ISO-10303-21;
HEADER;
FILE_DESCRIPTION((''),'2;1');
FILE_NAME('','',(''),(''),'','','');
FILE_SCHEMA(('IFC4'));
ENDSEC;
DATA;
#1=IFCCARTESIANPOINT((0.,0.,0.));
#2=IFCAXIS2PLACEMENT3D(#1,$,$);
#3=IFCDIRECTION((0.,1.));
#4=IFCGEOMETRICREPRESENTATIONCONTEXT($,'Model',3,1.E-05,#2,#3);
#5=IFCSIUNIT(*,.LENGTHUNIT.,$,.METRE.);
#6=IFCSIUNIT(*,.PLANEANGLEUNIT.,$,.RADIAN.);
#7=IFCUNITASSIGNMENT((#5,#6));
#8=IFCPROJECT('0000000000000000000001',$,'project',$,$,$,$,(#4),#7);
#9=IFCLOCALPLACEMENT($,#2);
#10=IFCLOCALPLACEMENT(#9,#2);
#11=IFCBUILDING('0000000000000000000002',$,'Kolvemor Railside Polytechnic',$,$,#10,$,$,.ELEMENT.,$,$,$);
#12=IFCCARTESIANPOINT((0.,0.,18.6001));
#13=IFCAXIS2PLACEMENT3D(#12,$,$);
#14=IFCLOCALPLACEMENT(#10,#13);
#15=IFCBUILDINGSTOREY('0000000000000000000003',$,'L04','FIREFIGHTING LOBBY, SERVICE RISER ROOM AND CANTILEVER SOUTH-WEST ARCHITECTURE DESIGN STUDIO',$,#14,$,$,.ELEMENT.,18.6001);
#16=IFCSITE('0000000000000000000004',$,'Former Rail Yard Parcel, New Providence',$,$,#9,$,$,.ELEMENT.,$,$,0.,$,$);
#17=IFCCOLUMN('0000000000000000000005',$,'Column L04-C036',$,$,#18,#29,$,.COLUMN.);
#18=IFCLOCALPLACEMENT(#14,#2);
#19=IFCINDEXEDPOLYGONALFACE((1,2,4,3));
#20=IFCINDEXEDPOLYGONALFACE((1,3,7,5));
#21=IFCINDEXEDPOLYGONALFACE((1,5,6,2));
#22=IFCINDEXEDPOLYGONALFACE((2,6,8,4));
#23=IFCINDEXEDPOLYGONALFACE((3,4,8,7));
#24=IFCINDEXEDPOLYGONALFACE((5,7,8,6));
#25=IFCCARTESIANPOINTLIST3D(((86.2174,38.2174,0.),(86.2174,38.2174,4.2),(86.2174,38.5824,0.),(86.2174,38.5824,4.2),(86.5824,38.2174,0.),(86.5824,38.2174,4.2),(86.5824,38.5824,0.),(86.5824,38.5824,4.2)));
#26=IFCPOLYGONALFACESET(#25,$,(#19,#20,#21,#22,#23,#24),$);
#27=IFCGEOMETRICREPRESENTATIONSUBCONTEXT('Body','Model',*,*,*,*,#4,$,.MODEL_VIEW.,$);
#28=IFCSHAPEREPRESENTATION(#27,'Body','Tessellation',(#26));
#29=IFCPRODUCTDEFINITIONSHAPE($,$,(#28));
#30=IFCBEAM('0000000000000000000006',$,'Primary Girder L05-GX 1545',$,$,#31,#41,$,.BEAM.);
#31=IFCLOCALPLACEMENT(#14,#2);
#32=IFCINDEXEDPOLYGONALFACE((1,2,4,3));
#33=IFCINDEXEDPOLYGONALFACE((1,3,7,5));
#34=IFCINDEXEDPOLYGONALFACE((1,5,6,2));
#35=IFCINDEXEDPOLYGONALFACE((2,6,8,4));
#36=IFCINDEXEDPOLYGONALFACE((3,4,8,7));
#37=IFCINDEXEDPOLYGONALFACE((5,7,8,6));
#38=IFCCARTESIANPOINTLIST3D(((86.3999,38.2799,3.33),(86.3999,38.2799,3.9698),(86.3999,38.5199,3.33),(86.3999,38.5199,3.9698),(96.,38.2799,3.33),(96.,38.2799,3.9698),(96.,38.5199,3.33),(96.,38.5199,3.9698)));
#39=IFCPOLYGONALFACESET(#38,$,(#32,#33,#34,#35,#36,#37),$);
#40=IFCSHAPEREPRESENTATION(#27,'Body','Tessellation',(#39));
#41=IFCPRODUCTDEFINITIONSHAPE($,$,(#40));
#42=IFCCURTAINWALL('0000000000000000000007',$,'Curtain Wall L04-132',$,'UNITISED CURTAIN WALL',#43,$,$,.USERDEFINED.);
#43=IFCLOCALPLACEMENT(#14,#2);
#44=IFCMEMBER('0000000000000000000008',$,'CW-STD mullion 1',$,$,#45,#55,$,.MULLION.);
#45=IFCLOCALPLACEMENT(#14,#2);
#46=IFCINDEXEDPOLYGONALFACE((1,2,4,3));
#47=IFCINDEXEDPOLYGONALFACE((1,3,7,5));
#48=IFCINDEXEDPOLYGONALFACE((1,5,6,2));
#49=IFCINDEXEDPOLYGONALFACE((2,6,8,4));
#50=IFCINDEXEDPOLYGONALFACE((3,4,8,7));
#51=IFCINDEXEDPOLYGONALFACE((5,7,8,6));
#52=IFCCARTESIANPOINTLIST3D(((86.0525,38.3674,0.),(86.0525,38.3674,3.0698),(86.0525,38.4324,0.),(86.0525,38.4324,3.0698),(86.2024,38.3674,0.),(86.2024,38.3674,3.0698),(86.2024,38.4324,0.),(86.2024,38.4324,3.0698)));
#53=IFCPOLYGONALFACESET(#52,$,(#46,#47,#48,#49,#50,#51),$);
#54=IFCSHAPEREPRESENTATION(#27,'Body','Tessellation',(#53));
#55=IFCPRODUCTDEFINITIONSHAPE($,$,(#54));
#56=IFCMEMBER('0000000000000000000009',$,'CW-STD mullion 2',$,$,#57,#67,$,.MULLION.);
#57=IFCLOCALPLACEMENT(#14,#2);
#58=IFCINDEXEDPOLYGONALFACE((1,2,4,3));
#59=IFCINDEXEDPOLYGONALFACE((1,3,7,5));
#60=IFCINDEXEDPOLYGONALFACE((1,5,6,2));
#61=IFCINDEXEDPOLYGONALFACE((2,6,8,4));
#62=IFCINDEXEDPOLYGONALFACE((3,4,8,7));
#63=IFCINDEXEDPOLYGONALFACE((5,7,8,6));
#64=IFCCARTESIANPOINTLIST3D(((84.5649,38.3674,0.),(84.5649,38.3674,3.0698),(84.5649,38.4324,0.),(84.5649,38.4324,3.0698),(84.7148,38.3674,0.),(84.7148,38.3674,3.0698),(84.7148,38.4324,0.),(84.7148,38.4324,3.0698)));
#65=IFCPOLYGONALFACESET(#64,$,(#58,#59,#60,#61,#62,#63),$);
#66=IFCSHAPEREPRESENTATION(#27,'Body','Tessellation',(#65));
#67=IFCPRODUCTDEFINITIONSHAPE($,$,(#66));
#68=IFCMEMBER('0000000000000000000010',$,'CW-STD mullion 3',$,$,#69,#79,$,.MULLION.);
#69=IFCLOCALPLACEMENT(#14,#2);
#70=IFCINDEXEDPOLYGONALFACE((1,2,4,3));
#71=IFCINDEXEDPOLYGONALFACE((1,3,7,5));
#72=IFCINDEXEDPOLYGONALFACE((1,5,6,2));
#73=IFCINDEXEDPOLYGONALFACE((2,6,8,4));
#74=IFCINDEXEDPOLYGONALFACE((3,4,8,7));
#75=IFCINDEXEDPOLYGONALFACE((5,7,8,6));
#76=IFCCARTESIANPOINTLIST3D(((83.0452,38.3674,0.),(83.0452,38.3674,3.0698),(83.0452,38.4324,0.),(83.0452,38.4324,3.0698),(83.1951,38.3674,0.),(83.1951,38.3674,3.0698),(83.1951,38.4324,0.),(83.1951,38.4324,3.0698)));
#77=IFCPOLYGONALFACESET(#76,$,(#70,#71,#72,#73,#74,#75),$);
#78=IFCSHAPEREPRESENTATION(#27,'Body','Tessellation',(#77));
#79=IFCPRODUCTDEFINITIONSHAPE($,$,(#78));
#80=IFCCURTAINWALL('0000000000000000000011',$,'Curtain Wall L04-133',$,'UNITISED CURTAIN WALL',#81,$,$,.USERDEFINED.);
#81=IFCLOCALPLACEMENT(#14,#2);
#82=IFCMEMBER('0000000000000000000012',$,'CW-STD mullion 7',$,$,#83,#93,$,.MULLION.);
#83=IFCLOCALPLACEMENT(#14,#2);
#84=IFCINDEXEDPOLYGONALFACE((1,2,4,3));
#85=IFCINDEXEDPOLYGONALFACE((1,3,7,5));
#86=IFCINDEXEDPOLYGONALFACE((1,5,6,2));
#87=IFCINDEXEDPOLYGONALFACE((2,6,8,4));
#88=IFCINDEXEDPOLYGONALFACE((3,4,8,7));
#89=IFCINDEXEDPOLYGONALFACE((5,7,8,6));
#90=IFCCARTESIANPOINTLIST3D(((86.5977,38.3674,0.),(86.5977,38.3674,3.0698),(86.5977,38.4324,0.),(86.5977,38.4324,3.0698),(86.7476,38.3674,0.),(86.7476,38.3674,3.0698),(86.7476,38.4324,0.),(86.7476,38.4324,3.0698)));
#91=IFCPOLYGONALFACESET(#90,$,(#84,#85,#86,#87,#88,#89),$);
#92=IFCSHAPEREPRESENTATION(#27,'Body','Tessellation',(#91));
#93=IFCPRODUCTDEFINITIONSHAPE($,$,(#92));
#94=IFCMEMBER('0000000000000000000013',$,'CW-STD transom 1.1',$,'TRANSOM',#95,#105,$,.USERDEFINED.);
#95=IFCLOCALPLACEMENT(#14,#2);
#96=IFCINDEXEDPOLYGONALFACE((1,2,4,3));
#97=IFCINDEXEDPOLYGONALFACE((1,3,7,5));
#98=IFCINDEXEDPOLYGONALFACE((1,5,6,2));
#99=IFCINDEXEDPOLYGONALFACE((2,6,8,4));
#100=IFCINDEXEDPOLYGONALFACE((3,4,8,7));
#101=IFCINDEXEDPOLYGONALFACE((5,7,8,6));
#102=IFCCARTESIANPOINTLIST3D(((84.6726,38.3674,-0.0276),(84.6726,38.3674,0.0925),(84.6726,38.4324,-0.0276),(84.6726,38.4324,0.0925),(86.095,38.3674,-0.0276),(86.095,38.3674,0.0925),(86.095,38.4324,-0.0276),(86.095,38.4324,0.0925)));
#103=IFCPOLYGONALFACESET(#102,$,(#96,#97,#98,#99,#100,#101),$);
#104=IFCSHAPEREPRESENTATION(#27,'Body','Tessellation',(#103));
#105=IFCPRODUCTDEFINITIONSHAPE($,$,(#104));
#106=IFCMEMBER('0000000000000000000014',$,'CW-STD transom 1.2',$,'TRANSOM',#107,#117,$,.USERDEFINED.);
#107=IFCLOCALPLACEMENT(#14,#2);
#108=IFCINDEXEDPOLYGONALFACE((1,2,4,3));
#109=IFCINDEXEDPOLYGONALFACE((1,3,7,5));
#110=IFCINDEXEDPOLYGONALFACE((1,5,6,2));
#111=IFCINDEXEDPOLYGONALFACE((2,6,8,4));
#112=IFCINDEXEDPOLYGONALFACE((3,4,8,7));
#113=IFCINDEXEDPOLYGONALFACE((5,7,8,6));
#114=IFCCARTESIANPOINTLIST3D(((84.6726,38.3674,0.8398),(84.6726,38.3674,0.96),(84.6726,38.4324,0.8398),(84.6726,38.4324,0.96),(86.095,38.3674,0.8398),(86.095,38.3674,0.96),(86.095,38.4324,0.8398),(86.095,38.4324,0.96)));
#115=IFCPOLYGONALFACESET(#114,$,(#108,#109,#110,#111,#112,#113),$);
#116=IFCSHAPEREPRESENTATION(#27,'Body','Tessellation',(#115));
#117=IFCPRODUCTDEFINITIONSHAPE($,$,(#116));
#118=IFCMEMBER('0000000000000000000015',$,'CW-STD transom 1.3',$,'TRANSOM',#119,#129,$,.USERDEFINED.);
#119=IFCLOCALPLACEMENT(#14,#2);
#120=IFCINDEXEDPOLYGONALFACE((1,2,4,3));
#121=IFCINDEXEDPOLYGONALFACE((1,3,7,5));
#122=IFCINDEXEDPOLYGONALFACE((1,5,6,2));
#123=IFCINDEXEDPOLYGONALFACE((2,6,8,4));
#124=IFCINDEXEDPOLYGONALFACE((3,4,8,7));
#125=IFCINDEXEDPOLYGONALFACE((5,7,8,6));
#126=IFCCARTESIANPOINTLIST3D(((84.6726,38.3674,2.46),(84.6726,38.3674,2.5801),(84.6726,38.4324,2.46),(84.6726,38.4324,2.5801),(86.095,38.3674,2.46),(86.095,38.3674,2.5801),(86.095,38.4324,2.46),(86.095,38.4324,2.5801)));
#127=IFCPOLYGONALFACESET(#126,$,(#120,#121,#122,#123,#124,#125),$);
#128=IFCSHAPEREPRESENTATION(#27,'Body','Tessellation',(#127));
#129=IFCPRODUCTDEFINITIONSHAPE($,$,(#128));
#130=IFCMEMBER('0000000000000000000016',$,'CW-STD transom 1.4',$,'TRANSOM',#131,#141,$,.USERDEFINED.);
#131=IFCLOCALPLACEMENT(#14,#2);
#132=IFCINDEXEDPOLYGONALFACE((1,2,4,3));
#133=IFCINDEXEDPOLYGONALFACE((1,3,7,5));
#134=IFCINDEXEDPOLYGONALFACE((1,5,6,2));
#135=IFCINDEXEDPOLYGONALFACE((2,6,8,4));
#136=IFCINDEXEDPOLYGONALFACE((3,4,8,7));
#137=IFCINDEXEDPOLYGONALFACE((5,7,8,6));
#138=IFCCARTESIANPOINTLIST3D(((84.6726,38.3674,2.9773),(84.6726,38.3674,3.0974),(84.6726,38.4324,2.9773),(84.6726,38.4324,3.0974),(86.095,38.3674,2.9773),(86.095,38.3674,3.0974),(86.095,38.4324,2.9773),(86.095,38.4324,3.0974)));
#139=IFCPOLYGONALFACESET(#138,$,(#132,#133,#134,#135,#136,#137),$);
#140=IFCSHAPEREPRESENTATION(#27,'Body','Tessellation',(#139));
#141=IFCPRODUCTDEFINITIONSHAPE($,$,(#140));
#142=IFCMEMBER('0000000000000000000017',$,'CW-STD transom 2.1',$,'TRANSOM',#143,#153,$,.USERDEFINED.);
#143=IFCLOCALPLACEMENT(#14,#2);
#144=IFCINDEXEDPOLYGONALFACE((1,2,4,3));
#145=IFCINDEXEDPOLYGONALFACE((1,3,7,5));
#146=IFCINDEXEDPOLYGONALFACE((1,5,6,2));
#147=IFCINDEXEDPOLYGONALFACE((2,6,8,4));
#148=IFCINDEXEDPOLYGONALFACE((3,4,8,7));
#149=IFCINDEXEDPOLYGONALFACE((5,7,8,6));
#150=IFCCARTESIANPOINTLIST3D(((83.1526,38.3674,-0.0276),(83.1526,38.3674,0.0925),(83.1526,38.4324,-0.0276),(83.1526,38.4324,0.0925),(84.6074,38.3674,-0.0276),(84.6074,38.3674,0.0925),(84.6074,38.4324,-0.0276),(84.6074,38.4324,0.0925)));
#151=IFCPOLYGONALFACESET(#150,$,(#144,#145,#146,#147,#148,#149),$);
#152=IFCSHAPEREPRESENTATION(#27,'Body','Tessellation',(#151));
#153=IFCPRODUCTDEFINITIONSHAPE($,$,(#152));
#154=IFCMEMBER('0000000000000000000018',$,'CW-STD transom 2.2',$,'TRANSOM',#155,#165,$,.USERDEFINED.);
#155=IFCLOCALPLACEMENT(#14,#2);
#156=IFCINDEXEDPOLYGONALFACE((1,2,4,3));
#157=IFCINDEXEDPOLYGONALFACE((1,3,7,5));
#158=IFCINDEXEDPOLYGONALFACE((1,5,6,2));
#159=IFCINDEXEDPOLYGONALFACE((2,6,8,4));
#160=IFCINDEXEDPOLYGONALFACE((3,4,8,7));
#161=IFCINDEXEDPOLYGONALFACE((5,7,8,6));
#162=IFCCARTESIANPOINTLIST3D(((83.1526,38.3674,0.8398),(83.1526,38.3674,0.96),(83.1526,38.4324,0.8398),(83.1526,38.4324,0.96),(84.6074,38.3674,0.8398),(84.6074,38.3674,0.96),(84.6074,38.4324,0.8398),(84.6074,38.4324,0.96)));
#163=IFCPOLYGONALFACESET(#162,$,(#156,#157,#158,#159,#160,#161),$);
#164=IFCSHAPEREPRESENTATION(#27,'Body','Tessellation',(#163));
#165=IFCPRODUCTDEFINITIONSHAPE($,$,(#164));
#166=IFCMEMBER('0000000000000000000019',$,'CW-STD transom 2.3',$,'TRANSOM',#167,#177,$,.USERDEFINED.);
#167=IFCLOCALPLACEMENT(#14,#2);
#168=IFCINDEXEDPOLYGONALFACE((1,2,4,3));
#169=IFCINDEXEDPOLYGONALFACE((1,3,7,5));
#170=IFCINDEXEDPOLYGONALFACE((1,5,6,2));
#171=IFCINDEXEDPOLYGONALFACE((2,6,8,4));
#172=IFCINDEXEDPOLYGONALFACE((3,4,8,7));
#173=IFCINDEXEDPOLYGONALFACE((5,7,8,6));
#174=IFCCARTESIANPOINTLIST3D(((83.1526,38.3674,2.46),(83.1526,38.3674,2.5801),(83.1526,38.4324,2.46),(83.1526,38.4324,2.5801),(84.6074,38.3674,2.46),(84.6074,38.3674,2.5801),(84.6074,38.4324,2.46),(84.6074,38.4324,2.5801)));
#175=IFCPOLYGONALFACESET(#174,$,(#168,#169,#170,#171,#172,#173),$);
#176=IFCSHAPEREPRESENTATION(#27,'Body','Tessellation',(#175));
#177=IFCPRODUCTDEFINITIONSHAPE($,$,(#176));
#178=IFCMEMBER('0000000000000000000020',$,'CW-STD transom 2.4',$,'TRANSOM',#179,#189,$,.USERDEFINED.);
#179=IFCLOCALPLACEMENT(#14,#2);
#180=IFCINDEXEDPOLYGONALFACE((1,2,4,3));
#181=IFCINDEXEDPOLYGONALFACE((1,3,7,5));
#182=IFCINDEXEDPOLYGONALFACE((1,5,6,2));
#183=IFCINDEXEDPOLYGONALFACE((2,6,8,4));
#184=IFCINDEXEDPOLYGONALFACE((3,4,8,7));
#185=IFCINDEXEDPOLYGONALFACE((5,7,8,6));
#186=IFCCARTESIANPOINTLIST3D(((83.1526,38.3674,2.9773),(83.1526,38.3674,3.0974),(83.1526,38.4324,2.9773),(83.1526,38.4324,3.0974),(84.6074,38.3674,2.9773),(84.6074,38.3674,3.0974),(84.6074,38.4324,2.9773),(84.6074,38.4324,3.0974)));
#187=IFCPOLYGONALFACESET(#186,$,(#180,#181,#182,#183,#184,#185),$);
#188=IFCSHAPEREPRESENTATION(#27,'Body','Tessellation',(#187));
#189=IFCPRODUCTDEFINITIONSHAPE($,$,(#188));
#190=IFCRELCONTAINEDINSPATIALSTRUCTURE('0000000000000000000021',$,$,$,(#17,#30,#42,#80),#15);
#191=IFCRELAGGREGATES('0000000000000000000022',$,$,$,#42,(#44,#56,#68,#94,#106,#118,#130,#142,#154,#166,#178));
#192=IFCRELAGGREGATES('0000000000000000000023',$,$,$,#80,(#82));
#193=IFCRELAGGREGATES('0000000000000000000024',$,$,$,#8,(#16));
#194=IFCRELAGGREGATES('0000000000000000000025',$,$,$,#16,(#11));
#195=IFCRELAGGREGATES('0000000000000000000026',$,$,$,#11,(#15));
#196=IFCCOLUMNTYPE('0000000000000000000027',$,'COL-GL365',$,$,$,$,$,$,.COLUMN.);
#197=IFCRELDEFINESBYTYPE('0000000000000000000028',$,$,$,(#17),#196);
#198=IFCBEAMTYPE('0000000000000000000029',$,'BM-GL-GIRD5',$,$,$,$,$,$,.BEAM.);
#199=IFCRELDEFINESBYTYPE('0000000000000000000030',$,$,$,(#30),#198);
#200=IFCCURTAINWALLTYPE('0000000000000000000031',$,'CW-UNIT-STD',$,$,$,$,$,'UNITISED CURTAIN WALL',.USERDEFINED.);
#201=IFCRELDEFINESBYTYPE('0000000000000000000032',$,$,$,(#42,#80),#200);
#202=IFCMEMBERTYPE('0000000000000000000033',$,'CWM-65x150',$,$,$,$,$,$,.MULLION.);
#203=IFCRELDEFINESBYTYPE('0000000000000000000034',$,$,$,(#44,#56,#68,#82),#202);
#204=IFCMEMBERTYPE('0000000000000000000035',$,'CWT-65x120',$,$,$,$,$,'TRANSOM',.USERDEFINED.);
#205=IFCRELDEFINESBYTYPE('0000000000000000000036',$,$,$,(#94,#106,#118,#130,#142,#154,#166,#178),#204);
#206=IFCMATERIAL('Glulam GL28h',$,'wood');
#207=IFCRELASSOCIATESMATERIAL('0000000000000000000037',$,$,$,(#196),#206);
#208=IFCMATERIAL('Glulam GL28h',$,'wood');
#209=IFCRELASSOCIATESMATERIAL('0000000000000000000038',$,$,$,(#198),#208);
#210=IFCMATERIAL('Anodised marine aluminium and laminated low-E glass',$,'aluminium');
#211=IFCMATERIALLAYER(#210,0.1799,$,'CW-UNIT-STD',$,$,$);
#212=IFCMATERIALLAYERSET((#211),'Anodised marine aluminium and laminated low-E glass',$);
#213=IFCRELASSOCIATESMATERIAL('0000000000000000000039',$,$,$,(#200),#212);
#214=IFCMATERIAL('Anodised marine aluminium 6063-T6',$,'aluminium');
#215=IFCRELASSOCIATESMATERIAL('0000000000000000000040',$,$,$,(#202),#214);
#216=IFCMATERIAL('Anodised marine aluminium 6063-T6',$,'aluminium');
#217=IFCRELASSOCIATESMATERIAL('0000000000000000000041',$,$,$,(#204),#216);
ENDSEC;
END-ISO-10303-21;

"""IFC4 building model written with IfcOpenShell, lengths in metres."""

from ifc_helpers import new_model, si_unit, direction, frame, origin, origin_2d, place, context, subcontext, project, spatial, rectangle, extrude, material, layer, layer_set, material_profile, profile_set, type_object, element, aggregate, save


model = new_model("IFC4")

# Units and contexts
model_context = context("Model", 3, precision=1e-05, world=origin(), true_north=direction((0.0, 1.0)))
body_context = subcontext(model_context, "Body", "Model", "MODEL_VIEW")
ifc_project = project(units=[si_unit("LENGTHUNIT", "METRE"), si_unit("PLANEANGLEUNIT", "RADIAN")], contexts=[model_context])

# Site, building, storey
site_placement = place(None, origin())
site = spatial("IfcSite", under=ifc_project, at=site_placement, Name="Former Rail Yard Parcel, New Providence", CompositionType="ELEMENT", RefElevation=0.0)
building_placement = place(site_placement, origin())
building = spatial("IfcBuilding", under=site, at=building_placement, Name="Kolvemor Railside Polytechnic", CompositionType="ELEMENT")
storey_placement = place(building_placement, frame((0.0, 0.0, 18.6001)))
storey = spatial("IfcBuildingStorey", under=building, at=storey_placement, Name="L04", Description="FIREFIGHTING LOBBY, SERVICE RISER ROOM AND CANTILEVER SOUTH-WEST ARCHITECTURE DESIGN STUDIO", CompositionType="ELEMENT", Elevation=18.6001)

# Column
ifc_material_1 = material(Name="Glulam GL28h", Category="wood")
ifc_material_profile_1 = material_profile(ifc_material_1, rectangle(XDim=0.365, YDim=0.365, at=origin_2d()), Name="GL365x365")
ifc_profile_set_1 = profile_set([ifc_material_profile_1], Name="Glulam GL28h")
column_type = type_object("IfcColumnType", Name="COL-GL365", PredefinedType="COLUMN", material=ifc_profile_set_1)
column_placement = place(storey_placement, frame((86.3999, 38.3999, 0.0), z_axis=(0.0, 0.0, 1.0), x_axis=(1.0, 0.0, 0.0)))
element("IfcColumn", 1, at=column_placement, inside=storey, type_object=column_type, Name="Column L04-C036", PredefinedType="COLUMN", context=body_context, shape_type="SweptSolid", body=[
    extrude(rectangle(XDim=0.365, YDim=0.365, at=origin_2d()), origin(), (0.0, 0.0, 1.0), 4.2),
])

# Beam
ifc_material_2 = material(Name="Glulam GL28h", Category="wood")
ifc_material_profile_2 = material_profile(ifc_material_2, rectangle(XDim=0.24, YDim=0.6399, at=origin_2d()), Name="GL240x640")
ifc_profile_set_2 = profile_set([ifc_material_profile_2], Name="Glulam GL28h")
beam_type = type_object("IfcBeamType", Name="BM-GL-GIRD5", PredefinedType="BEAM", material=ifc_profile_set_2)
beam_placement = place(storey_placement, frame((86.3999, 38.3999, 3.6499), z_axis=(1.0, 0.0, 0.0), x_axis=(0.0, 1.0, 0.0)))
element("IfcBeam", 2, at=beam_placement, inside=storey, type_object=beam_type, Name="Primary Girder L05-GX 1545", PredefinedType="BEAM", context=body_context, shape_type="SweptSolid", body=[
    extrude(rectangle(XDim=0.24, YDim=0.6399, at=origin_2d()), origin(), (0.0, 0.0, 1.0), 9.6001),
])

# Curtain wall, members
ifc_material_3 = material(Name="Anodised marine aluminium and laminated low-E glass", Category="aluminium")
ifc_layer_1 = layer(ifc_material_3, 0.1799, Name="CW-UNIT-STD")
ifc_layer_set_1 = layer_set([ifc_layer_1], Name="Anodised marine aluminium and laminated low-E glass")
curtain_wall_type = type_object("IfcCurtainWallType", Name="CW-UNIT-STD", ElementType="UNITISED CURTAIN WALL", PredefinedType="USERDEFINED", material=ifc_layer_set_1)
curtain_wall_1_placement = place(storey_placement, origin())
curtain_wall_1 = element("IfcCurtainWall", 3, at=curtain_wall_1_placement, inside=storey, type_object=curtain_wall_type, Name="Curtain Wall L04-132", ObjectType="UNITISED CURTAIN WALL", PredefinedType="USERDEFINED")
ifc_material_4 = material(Name="Anodised marine aluminium 6063-T6", Category="aluminium")
ifc_material_profile_3 = material_profile(ifc_material_4, rectangle(XDim=0.0649, YDim=0.1499, at=origin_2d()), Name="CW-MUL-65x150")
ifc_profile_set_3 = profile_set([ifc_material_profile_3], Name="Anodised marine aluminium 6063-T6")
member_type_1 = type_object("IfcMemberType", Name="CWM-65x150", PredefinedType="MULLION", material=ifc_profile_set_3)
member_1_placement = place(storey_placement, frame((86.1274, 38.3999, 0.0), z_axis=(0.0, 0.0, 1.0), x_axis=(0.0, -1.0, 0.0)))
member_1 = element("IfcMember", 4, at=member_1_placement, type_object=member_type_1, Name="CW-STD mullion 1", PredefinedType="MULLION", context=body_context, shape_type="SweptSolid", body=[
    extrude(rectangle(XDim=0.0649, YDim=0.1499, at=origin_2d()), origin(), (0.0, 0.0, 1.0), 3.0698),
])
member_2_placement = place(storey_placement, frame((84.6399, 38.3999, 0.0), z_axis=(0.0, 0.0, 1.0), x_axis=(0.0, -1.0, 0.0)))
member_2 = element("IfcMember", 5, at=member_2_placement, type_object=member_type_1, Name="CW-STD mullion 2", PredefinedType="MULLION", context=body_context, shape_type="SweptSolid", body=[
    extrude(rectangle(XDim=0.0649, YDim=0.1499, at=origin_2d()), origin(), (0.0, 0.0, 1.0), 3.0698),
])
member_3_placement = place(storey_placement, frame((83.1201, 38.3999, 0.0), z_axis=(0.0, 0.0, 1.0), x_axis=(0.0, -1.0, 0.0)))
member_3 = element("IfcMember", 6, at=member_3_placement, type_object=member_type_1, Name="CW-STD mullion 3", PredefinedType="MULLION", context=body_context, shape_type="SweptSolid", body=[
    extrude(rectangle(XDim=0.0649, YDim=0.1499, at=origin_2d()), origin(), (0.0, 0.0, 1.0), 3.0698),
])

# Curtain wall, member
curtain_wall_2_placement = place(storey_placement, origin())
curtain_wall_2 = element("IfcCurtainWall", 7, at=curtain_wall_2_placement, inside=storey, type_object=curtain_wall_type, Name="Curtain Wall L04-133", ObjectType="UNITISED CURTAIN WALL", PredefinedType="USERDEFINED")
member_4_placement = place(storey_placement, frame((86.6726, 38.3999, 0.0), z_axis=(0.0, 0.0, 1.0), x_axis=(0.0, -1.0, 0.0)))
member_4 = element("IfcMember", 8, at=member_4_placement, type_object=member_type_1, Name="CW-STD mullion 7", PredefinedType="MULLION", context=body_context, shape_type="SweptSolid", body=[
    extrude(rectangle(XDim=0.0649, YDim=0.1499, at=origin_2d()), origin(), (0.0, 0.0, 1.0), 3.0698),
])

# Members
ifc_material_5 = material(Name="Anodised marine aluminium 6063-T6", Category="aluminium")
ifc_material_profile_4 = material_profile(ifc_material_5, rectangle(XDim=0.0649, YDim=0.1201, at=origin_2d()), Name="CW-TRN-65x120")
ifc_profile_set_4 = profile_set([ifc_material_profile_4], Name="Anodised marine aluminium 6063-T6")
member_type_2 = type_object("IfcMemberType", Name="CWT-65x120", ElementType="TRANSOM", PredefinedType="USERDEFINED", material=ifc_profile_set_4)
member_5_placement = place(storey_placement, frame((86.095, 38.3999, 0.0325), z_axis=(-1.0, 0.0, 0.0), x_axis=(0.0, -1.0, 0.0)))
member_5 = element("IfcMember", 9, at=member_5_placement, type_object=member_type_2, Name="CW-STD transom 1.1", ObjectType="TRANSOM", PredefinedType="USERDEFINED", context=body_context, shape_type="SweptSolid", body=[
    extrude(rectangle(XDim=0.0649, YDim=0.1201, at=origin_2d()), origin(), (0.0, 0.0, 1.0), 1.4224),
])
member_6_placement = place(storey_placement, frame((86.095, 38.3999, 0.8999), z_axis=(-1.0, 0.0, 0.0), x_axis=(0.0, -1.0, 0.0)))
member_6 = element("IfcMember", 10, at=member_6_placement, type_object=member_type_2, Name="CW-STD transom 1.2", ObjectType="TRANSOM", PredefinedType="USERDEFINED", context=body_context, shape_type="SweptSolid", body=[
    extrude(rectangle(XDim=0.0649, YDim=0.1201, at=origin_2d()), origin(), (0.0, 0.0, 1.0), 1.4224),
])
member_7_placement = place(storey_placement, frame((86.095, 38.3999, 2.52), z_axis=(-1.0, 0.0, 0.0), x_axis=(0.0, -1.0, 0.0)))
member_7 = element("IfcMember", 11, at=member_7_placement, type_object=member_type_2, Name="CW-STD transom 1.3", ObjectType="TRANSOM", PredefinedType="USERDEFINED", context=body_context, shape_type="SweptSolid", body=[
    extrude(rectangle(XDim=0.0649, YDim=0.1201, at=origin_2d()), origin(), (0.0, 0.0, 1.0), 1.4224),
])
member_8_placement = place(storey_placement, frame((86.095, 38.3999, 3.0374), z_axis=(-1.0, 0.0, 0.0), x_axis=(0.0, -1.0, 0.0)))
member_8 = element("IfcMember", 12, at=member_8_placement, type_object=member_type_2, Name="CW-STD transom 1.4", ObjectType="TRANSOM", PredefinedType="USERDEFINED", context=body_context, shape_type="SweptSolid", body=[
    extrude(rectangle(XDim=0.0649, YDim=0.1201, at=origin_2d()), origin(), (0.0, 0.0, 1.0), 1.4224),
])
member_9_placement = place(storey_placement, frame((84.6074, 38.3999, 0.0325), z_axis=(-1.0, 0.0, 0.0), x_axis=(0.0, -1.0, 0.0)))
member_9 = element("IfcMember", 13, at=member_9_placement, type_object=member_type_2, Name="CW-STD transom 2.1", ObjectType="TRANSOM", PredefinedType="USERDEFINED", context=body_context, shape_type="SweptSolid", body=[
    extrude(rectangle(XDim=0.0649, YDim=0.1201, at=origin_2d()), origin(), (0.0, 0.0, 1.0), 1.4548),
])
member_10_placement = place(storey_placement, frame((84.6074, 38.3999, 0.8999), z_axis=(-1.0, 0.0, 0.0), x_axis=(0.0, -1.0, 0.0)))
member_10 = element("IfcMember", 14, at=member_10_placement, type_object=member_type_2, Name="CW-STD transom 2.2", ObjectType="TRANSOM", PredefinedType="USERDEFINED", context=body_context, shape_type="SweptSolid", body=[
    extrude(rectangle(XDim=0.0649, YDim=0.1201, at=origin_2d()), origin(), (0.0, 0.0, 1.0), 1.4548),
])
member_11_placement = place(storey_placement, frame((84.6074, 38.3999, 2.52), z_axis=(-1.0, 0.0, 0.0), x_axis=(0.0, -1.0, 0.0)))
member_11 = element("IfcMember", 15, at=member_11_placement, type_object=member_type_2, Name="CW-STD transom 2.3", ObjectType="TRANSOM", PredefinedType="USERDEFINED", context=body_context, shape_type="SweptSolid", body=[
    extrude(rectangle(XDim=0.0649, YDim=0.1201, at=origin_2d()), origin(), (0.0, 0.0, 1.0), 1.4548),
])
member_12_placement = place(storey_placement, frame((84.6074, 38.3999, 3.0374), z_axis=(-1.0, 0.0, 0.0), x_axis=(0.0, -1.0, 0.0)))
member_12 = element("IfcMember", 16, at=member_12_placement, type_object=member_type_2, Name="CW-STD transom 2.4", ObjectType="TRANSOM", PredefinedType="USERDEFINED", context=body_context, shape_type="SweptSolid", body=[
    extrude(rectangle(XDim=0.0649, YDim=0.1201, at=origin_2d()), origin(), (0.0, 0.0, 1.0), 1.4548),
])

aggregate(curtain_wall_1, [member_1, member_2, member_3, member_5, member_6, member_7, member_8, member_9, member_10, member_11, member_12])
aggregate(curtain_wall_2, [member_4])

save(model, "model.ifc")
